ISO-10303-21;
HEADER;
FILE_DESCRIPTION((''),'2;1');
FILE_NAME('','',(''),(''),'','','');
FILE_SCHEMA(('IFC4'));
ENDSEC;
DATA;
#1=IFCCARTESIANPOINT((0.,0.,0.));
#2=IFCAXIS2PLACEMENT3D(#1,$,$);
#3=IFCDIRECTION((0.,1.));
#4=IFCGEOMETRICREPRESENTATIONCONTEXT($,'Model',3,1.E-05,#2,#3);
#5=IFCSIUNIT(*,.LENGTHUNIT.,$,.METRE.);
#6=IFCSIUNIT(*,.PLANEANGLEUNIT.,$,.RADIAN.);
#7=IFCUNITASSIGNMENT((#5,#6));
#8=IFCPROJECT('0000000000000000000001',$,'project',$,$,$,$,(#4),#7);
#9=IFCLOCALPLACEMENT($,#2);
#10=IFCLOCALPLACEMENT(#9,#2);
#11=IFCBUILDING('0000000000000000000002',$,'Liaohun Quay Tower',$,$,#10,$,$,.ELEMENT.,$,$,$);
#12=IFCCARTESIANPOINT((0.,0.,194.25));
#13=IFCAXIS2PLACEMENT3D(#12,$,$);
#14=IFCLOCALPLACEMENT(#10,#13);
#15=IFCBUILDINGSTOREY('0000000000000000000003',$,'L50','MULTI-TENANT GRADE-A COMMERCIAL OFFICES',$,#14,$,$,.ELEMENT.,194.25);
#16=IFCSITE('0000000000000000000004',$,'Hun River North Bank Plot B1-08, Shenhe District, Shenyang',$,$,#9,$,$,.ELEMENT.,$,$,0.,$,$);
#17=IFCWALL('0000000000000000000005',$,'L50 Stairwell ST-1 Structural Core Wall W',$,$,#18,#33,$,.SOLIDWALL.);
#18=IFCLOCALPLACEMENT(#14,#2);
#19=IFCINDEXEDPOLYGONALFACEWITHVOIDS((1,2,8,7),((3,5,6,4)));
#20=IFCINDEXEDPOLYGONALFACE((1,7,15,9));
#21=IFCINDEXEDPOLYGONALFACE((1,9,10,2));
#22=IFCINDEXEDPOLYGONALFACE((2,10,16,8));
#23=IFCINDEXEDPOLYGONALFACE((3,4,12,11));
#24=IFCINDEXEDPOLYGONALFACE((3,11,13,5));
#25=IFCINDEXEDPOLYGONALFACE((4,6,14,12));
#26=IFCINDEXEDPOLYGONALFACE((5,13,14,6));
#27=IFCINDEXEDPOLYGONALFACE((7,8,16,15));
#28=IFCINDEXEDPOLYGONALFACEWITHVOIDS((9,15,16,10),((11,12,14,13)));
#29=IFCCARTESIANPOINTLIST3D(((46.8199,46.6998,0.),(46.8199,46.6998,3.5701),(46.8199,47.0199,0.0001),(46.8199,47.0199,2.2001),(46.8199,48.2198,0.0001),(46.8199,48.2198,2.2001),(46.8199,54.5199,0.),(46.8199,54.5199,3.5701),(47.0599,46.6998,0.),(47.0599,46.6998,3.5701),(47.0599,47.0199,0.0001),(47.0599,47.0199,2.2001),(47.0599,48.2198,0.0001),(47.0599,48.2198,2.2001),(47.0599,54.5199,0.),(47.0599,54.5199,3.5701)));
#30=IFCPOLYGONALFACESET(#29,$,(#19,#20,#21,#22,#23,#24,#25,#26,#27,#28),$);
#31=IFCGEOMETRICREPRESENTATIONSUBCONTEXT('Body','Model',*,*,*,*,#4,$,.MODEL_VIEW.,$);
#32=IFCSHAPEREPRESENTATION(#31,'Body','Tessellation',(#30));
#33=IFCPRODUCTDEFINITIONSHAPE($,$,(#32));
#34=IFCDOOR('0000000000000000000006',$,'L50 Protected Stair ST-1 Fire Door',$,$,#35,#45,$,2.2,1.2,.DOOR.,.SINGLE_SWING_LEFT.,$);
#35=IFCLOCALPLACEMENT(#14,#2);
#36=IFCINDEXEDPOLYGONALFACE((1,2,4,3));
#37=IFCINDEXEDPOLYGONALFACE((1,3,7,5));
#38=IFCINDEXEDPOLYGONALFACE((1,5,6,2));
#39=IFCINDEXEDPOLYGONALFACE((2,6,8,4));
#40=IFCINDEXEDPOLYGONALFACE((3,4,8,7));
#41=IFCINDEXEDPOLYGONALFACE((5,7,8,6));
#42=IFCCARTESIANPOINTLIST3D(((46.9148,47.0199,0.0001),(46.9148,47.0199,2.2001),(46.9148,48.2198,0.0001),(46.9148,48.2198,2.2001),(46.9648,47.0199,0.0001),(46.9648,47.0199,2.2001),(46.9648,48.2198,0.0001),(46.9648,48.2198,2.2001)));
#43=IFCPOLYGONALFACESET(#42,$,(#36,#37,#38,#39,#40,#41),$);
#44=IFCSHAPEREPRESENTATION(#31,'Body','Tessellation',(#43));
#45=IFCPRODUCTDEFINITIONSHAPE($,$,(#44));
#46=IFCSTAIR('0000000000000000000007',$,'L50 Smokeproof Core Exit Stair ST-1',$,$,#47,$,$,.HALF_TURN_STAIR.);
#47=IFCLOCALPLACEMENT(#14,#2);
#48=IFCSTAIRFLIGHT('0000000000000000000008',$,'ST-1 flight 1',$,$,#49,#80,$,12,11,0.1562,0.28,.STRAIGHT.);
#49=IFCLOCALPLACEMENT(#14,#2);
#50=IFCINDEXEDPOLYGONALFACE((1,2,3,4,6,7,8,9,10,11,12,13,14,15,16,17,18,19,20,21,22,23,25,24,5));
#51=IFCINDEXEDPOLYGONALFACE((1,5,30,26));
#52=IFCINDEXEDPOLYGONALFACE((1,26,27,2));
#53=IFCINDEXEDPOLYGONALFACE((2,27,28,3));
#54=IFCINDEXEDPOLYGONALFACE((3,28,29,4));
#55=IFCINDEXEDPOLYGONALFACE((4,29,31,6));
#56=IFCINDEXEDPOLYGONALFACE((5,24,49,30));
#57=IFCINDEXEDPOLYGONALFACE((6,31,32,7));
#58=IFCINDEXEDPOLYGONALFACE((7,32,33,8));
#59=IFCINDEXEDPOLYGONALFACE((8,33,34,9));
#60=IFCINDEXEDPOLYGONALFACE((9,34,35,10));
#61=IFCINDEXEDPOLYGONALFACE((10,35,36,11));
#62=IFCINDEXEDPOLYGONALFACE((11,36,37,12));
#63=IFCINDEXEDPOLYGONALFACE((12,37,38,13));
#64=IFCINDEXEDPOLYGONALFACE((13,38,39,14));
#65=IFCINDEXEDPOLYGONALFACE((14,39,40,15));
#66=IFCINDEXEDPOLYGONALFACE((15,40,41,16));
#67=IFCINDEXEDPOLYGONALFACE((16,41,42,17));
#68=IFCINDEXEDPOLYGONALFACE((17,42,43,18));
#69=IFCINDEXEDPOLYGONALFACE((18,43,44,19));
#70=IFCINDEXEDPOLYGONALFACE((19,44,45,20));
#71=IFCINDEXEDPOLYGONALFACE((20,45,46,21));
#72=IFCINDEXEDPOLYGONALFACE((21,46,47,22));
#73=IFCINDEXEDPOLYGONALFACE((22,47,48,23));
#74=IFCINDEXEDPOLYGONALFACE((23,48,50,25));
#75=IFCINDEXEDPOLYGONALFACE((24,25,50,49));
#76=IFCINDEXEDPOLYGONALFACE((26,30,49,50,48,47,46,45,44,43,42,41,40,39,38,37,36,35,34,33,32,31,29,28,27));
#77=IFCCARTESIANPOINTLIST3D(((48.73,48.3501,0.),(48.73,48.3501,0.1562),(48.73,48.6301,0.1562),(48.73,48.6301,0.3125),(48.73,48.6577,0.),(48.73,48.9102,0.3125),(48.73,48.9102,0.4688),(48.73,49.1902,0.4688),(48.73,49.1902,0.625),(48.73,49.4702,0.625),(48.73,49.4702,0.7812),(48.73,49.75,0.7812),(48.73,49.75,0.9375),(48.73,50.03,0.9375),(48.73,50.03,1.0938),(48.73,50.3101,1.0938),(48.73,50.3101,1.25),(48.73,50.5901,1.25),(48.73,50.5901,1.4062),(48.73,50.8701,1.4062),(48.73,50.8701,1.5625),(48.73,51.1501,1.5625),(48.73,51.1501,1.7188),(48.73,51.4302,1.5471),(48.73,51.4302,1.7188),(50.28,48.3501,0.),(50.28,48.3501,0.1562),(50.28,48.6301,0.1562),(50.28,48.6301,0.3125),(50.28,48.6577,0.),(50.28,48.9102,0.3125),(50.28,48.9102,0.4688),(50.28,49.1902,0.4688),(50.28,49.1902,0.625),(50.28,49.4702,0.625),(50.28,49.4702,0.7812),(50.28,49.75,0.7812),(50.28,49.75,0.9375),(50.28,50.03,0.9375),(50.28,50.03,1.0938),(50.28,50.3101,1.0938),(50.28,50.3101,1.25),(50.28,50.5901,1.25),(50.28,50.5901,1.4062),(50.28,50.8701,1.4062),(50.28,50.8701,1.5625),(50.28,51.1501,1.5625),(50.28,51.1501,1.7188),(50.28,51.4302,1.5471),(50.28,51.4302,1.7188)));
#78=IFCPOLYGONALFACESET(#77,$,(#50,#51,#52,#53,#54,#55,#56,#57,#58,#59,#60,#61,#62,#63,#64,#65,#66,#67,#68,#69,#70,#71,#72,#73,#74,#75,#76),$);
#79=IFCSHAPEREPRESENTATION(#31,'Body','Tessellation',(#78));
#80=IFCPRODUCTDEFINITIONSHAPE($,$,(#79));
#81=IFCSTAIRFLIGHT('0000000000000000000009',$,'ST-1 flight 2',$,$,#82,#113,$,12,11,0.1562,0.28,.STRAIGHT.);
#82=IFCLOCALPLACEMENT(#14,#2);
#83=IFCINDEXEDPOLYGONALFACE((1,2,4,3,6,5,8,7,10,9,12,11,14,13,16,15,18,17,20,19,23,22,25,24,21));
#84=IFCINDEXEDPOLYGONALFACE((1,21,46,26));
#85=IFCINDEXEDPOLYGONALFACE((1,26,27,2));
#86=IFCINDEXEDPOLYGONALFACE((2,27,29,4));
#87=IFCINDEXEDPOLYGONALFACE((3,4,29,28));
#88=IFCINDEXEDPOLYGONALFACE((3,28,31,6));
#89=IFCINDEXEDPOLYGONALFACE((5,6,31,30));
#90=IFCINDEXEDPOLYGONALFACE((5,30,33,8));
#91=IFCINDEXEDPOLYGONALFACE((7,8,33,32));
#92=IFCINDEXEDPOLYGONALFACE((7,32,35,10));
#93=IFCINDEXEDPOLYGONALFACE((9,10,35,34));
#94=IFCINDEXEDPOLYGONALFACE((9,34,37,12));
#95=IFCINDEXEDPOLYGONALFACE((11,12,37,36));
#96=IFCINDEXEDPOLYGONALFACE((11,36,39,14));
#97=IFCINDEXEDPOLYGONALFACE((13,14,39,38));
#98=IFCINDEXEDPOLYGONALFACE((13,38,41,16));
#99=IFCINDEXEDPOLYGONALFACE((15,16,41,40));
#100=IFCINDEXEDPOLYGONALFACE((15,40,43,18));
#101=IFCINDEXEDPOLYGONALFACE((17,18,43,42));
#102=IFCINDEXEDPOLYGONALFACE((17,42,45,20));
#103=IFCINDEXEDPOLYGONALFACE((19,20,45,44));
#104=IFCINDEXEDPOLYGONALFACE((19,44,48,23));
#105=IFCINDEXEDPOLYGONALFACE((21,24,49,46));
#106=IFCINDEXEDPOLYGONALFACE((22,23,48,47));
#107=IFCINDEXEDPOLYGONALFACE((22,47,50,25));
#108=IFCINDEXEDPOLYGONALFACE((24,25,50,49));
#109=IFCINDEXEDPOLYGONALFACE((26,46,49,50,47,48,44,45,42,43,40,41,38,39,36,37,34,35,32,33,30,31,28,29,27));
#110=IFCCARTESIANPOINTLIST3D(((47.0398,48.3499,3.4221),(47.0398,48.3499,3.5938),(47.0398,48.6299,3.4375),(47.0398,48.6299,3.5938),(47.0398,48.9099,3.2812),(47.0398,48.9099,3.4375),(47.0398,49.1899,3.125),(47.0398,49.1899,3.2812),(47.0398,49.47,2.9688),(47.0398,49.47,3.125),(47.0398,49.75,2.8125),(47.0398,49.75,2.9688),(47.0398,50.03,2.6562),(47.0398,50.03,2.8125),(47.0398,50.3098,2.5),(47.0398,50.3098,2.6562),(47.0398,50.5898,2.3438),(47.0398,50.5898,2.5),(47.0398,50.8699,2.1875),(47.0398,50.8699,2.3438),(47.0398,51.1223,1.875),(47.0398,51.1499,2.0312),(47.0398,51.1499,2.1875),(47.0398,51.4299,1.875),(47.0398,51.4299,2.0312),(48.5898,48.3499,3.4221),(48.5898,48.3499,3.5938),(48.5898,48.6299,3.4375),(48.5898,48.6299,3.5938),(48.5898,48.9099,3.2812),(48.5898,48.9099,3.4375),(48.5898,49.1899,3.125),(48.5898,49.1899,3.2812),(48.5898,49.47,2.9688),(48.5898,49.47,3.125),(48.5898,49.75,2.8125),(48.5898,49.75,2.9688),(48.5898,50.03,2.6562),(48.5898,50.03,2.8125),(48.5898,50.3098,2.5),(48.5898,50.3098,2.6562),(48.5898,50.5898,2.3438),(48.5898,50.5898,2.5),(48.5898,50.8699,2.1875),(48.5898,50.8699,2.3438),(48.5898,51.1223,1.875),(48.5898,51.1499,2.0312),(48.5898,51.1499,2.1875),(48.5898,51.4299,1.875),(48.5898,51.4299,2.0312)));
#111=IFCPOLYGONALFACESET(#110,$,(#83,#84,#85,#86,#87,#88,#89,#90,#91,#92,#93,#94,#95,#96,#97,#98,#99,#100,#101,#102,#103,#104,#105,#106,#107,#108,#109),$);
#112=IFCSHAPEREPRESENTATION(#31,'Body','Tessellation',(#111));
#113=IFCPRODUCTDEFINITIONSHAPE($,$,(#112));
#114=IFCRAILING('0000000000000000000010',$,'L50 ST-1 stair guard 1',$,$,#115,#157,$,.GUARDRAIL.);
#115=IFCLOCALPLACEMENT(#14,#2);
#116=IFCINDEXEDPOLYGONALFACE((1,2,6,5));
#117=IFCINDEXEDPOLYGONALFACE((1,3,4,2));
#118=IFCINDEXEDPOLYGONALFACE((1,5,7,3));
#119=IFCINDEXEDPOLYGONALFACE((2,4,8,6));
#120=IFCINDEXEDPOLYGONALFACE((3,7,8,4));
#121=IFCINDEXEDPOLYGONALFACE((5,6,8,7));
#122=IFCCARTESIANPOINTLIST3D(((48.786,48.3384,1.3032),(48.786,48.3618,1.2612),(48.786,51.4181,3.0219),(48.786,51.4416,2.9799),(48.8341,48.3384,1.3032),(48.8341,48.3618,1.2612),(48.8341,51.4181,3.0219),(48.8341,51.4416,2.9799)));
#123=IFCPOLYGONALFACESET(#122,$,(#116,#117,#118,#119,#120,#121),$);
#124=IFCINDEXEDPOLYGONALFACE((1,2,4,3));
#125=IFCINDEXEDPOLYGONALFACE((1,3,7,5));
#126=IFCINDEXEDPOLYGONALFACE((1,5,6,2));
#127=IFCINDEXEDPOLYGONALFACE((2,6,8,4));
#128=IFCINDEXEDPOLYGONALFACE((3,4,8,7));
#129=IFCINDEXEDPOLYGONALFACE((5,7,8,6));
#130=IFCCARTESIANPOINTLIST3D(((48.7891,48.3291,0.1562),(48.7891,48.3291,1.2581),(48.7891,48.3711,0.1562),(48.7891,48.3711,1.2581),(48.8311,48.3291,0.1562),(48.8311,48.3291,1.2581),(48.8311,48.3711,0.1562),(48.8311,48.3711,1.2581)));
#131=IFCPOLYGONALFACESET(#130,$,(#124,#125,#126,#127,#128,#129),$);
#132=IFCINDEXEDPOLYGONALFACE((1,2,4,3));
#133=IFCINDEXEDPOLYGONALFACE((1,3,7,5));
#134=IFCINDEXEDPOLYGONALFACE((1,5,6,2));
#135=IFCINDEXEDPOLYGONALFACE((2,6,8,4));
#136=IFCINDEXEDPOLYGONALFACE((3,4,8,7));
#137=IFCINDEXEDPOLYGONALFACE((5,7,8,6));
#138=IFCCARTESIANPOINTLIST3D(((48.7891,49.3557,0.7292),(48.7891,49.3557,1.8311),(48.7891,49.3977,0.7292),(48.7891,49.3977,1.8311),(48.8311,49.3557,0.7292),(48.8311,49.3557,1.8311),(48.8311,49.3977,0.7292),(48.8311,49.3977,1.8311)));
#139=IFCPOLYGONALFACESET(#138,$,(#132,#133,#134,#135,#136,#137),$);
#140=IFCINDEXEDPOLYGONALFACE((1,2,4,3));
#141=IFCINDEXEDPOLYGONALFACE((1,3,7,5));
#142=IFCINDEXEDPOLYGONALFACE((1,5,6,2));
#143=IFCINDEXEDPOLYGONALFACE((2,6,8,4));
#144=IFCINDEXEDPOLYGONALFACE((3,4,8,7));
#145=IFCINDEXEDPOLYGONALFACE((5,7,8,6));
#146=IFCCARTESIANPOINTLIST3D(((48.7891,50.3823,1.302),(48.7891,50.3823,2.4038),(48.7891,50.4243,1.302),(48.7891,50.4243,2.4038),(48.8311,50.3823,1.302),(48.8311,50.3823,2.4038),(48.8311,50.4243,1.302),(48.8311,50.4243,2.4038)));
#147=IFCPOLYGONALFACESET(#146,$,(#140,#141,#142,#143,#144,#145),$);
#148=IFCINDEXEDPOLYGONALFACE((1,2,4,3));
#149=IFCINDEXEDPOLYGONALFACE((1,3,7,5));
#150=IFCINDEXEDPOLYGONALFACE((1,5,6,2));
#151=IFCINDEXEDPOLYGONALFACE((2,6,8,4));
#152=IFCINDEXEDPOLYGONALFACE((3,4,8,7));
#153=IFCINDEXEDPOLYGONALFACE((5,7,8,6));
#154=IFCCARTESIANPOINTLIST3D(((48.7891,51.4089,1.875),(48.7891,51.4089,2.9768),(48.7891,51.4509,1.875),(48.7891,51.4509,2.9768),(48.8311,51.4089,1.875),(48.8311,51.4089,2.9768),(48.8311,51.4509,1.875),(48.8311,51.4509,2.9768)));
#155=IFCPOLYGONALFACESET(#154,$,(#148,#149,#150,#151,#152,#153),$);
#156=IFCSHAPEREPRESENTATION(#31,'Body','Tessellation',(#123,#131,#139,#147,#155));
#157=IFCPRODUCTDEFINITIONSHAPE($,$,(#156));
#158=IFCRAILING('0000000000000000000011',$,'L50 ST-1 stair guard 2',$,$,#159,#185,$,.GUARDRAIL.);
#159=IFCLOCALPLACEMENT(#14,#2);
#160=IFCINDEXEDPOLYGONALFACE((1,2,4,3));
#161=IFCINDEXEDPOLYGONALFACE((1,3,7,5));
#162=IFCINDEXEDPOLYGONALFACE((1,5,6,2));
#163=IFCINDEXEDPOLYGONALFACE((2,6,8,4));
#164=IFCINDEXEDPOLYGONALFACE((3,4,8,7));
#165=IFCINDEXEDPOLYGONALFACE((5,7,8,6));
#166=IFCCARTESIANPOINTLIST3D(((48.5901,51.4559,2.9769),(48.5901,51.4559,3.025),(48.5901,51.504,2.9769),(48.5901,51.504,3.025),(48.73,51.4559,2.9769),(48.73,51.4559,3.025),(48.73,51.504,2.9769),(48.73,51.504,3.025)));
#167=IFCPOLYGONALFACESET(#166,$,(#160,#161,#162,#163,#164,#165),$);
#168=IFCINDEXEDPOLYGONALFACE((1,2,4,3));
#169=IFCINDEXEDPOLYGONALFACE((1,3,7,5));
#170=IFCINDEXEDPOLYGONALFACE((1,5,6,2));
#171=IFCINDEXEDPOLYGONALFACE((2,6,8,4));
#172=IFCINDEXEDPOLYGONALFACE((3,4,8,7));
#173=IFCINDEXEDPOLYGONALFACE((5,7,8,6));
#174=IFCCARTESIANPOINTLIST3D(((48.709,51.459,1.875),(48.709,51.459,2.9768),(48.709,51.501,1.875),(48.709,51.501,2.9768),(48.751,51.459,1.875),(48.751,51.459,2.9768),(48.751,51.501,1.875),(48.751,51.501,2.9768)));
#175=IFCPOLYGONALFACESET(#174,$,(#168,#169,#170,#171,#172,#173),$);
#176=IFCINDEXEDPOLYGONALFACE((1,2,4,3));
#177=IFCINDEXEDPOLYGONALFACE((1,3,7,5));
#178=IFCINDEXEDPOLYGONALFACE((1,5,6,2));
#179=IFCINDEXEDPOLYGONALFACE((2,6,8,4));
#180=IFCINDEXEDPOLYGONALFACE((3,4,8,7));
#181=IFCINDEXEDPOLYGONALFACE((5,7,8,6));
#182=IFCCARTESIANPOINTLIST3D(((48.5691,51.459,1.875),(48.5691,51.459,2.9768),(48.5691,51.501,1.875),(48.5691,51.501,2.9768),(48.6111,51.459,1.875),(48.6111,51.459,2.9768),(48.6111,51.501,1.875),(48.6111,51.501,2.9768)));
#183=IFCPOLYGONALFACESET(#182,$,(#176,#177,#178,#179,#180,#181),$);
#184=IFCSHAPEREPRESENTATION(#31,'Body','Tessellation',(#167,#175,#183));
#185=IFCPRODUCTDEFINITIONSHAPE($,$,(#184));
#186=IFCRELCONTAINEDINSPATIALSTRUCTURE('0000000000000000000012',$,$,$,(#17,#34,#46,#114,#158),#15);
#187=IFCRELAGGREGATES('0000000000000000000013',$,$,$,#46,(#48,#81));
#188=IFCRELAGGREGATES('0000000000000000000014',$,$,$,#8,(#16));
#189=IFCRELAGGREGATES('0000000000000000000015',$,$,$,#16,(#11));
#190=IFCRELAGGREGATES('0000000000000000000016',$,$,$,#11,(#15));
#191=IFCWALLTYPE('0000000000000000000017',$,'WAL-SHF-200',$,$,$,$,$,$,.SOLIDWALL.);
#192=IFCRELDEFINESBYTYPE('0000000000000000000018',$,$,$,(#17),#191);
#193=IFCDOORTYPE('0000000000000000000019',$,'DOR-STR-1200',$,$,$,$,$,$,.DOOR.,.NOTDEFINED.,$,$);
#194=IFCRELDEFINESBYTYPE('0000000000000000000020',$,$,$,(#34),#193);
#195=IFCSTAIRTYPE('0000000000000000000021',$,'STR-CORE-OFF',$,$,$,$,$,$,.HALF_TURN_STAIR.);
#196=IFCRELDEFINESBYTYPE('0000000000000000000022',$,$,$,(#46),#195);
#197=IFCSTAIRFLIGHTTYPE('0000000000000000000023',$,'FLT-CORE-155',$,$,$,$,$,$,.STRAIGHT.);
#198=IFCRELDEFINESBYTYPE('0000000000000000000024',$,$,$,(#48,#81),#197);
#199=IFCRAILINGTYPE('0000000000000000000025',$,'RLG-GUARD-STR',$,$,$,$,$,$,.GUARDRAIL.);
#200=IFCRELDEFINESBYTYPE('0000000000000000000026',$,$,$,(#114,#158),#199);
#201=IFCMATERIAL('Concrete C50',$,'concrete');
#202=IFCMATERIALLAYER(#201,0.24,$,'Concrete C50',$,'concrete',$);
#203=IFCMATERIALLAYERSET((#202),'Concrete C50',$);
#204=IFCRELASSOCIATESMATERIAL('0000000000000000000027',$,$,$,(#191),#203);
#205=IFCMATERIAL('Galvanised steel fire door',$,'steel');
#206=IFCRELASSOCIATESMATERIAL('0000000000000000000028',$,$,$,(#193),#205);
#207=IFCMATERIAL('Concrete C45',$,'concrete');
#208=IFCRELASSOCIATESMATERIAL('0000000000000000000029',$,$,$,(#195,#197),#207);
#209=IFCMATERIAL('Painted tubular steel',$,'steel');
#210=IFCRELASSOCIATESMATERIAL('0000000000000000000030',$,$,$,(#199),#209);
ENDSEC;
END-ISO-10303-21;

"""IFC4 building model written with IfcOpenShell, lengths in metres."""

from ifc_helpers import new_model, si_unit, direction, frame, frame_2d, origin, origin_2d, place, context, subcontext, project, spatial, polyline, rectangle, outline, extrude, source, transform, mapped, material, layer, layer_set, type_object, element, fill, aggregate, save


model = new_model("IFC4")

# Units and contexts
model_context = context("Model", 3, precision=1e-05, world=origin(), true_north=direction((0.0, 1.0)))
body_context = subcontext(model_context, "Body", "Model", "MODEL_VIEW")
ifc_project = project(units=[si_unit("LENGTHUNIT", "METRE"), si_unit("PLANEANGLEUNIT", "RADIAN")], contexts=[model_context])

# Site, building, storey
site_placement = place(None, origin())
site = spatial("IfcSite", under=ifc_project, at=site_placement, Name="Hun River North Bank Plot B1-08, Shenhe District, Shenyang", CompositionType="ELEMENT", RefElevation=0.0)
building_placement = place(site_placement, origin())
building = spatial("IfcBuilding", under=site, at=building_placement, Name="Liaohun Quay Tower", CompositionType="ELEMENT")
storey_placement = place(building_placement, frame((0.0, 0.0, 194.25)))
storey = spatial("IfcBuildingStorey", under=building, at=storey_placement, Name="L50", Description="MULTI-TENANT GRADE-A COMMERCIAL OFFICES", CompositionType="ELEMENT", Elevation=194.25)

# Shared definitions
ifc_material_1 = material(Name="Concrete C50", Category="concrete")
ifc_layer_1 = layer(ifc_material_1, 0.24, Name="Concrete C50", Category="concrete")
ifc_layer_set_1 = layer_set([ifc_layer_1], Name="Concrete C50")
wall_type_1 = type_object("IfcWallType", Name="WAL-SHF-200", PredefinedType="SOLIDWALL", material=ifc_layer_set_1)

# Wall, opening, door
wall_1_placement = place(storey_placement, frame((46.9399, 54.52, 0.0), z_axis=(0.0, 0.0, 1.0), x_axis=(0.0, -1.0, 0.0)))
wall_1 = element("IfcWall", 1, at=wall_1_placement, inside=storey, type_object=wall_type_1, Name="L50 Stairwell ST-1 Structural Core Wall W", PredefinedType="SOLIDWALL", context=body_context, shape_type="SweptSolid", body=[
    extrude(rectangle(XDim=7.8201, YDim=0.24, at=frame_2d((3.9102, 0.0))), origin(), (0.0, 0.0, 1.0), 3.5701),
])
shared_shape_1 = source(origin(), body_context, "Body", "SweptSolid", [
    extrude(rectangle(XDim=1.2, YDim=2.2, at=frame_2d((0.6001, 1.1001))), frame((0.0, 0.1299, 0.0), z_axis=(0.0, -1.0, 0.0), x_axis=(1.0, 0.0, 0.0)), (0.0, 0.0, 1.0), 0.26),
])
opening_1_placement = place(wall_1_placement, frame((6.3, 0.0, 0.0)))
opening_1 = element("IfcOpeningElement", 2, at=opening_1_placement, cuts=wall_1, PredefinedType="OPENING", context=body_context, shape_type="MappedRepresentation", body=[
    mapped(shared_shape_1, transform((0.0, 0.0, 0.0), x_axis=(1.0, 0.0, 0.0), y_axis=(0.0, 1.0, 0.0), z_axis=(0.0, 0.0, 1.0), scale=1.0)),
])
ifc_material_2 = material(Name="Galvanised steel fire door", Category="steel")
door_type_1 = type_object("IfcDoorType", Name="DOR-STR-1200", OperationType="NOTDEFINED", PredefinedType="DOOR", material=ifc_material_2)
shared_shape_2 = source(origin(), body_context, "Body", "SweptSolid", [
    extrude(rectangle(XDim=1.2, YDim=2.2, at=frame_2d((0.6001, 1.1001))), frame((0.0, 0.0249, 0.0), z_axis=(0.0, -1.0, 0.0), x_axis=(1.0, 0.0, 0.0)), (0.0, 0.0, 1.0), 0.05),
])
door_1_placement = place(opening_1_placement, origin())
door_1 = element("IfcDoor", 3, at=door_1_placement, inside=storey, type_object=door_type_1, Name="L50 Protected Stair ST-1 Fire Door", OperationType="SINGLE_SWING_LEFT", OverallHeight=2.2, OverallWidth=1.2, PredefinedType="DOOR", context=body_context, shape_type="MappedRepresentation", body=[
    mapped(shared_shape_2, transform((0.0, 0.0, 0.0), x_axis=(1.0, 0.0, 0.0), y_axis=(0.0, 1.0, 0.0), z_axis=(0.0, 0.0, 1.0), scale=1.0)),
])
fill(opening_1, door_1)

# Stair, stair flights
ifc_material_3 = material(Name="Concrete C45", Category="concrete")
stair_type = type_object("IfcStairType", Name="STR-CORE-OFF", PredefinedType="HALF_TURN_STAIR", material=ifc_material_3)
stair_placement = place(storey_placement, origin())
stair = element("IfcStair", 4, at=stair_placement, inside=storey, type_object=stair_type, Name="L50 Smokeproof Core Exit Stair ST-1", PredefinedType="HALF_TURN_STAIR")
stair_flight_type = type_object("IfcStairFlightType", Name="FLT-CORE-155", PredefinedType="STRAIGHT", material=ifc_material_3)
stair_flight_1_placement = place(storey_placement, frame((49.5049, 48.3501, 0.0), z_axis=(0.0, 0.0, 1.0), x_axis=(0.0, 1.0, 0.0)))
stair_flight_1 = element("IfcStairFlight", 5, at=stair_flight_1_placement, type_object=stair_flight_type, Name="ST-1 flight 1", NumberOfRisers=12, NumberOfTreads=11, PredefinedType="STRAIGHT", RiserHeight=0.1562, TreadLength=0.28, context=body_context, shape_type="SweptSolid", body=[
    extrude(outline(polyline([(0.0, 0.0), (0.0, 0.1562), (0.28, 0.1562), (0.28, 0.3125), (0.5601, 0.3125), (0.5601, 0.4688), (0.8401, 0.4688), (0.8401, 0.625), (1.1201, 0.625), (1.1201, 0.7812), (1.3999, 0.7812), (1.3999, 0.9375), (1.6799, 0.9375), (1.6799, 1.0938), (1.96, 1.0938), (1.96, 1.25), (2.24, 1.25), (2.24, 1.4062), (2.52, 1.4062), (2.52, 1.5625), (2.8, 1.5625), (2.8, 1.7188), (3.0801, 1.7188), (3.0801, 1.875), (3.0801, 1.5471), (0.3076, 0.0), (0.0, 0.0)])), frame((0.0, 0.7749, 0.0), z_axis=(0.0, -1.0, 0.0), x_axis=(1.0, 0.0, 0.0)), (0.0, 0.0, 1.0), 1.55),
])
stair_flight_2_placement = place(storey_placement, frame((47.8149, 51.4299, 1.875), z_axis=(0.0, 0.0, 1.0), x_axis=(0.0, -1.0, 0.0)))
stair_flight_2 = element("IfcStairFlight", 6, at=stair_flight_2_placement, type_object=stair_flight_type, Name="ST-1 flight 2", NumberOfRisers=12, NumberOfTreads=11, PredefinedType="STRAIGHT", RiserHeight=0.1562, TreadLength=0.28, context=body_context, shape_type="SweptSolid", body=[
    extrude(outline(polyline([(0.0, 0.0), (0.0, 0.1562), (0.28, 0.1562), (0.28, 0.3125), (0.5601, 0.3125), (0.5601, 0.4688), (0.8401, 0.4688), (0.8401, 0.625), (1.1201, 0.625), (1.1201, 0.7812), (1.3999, 0.7812), (1.3999, 0.9375), (1.6799, 0.9375), (1.6799, 1.0938), (1.96, 1.0938), (1.96, 1.25), (2.24, 1.25), (2.24, 1.4062), (2.52, 1.4062), (2.52, 1.5625), (2.8, 1.5625), (2.8, 1.7188), (3.0801, 1.7188), (3.0801, 1.875), (3.0801, 1.5471), (0.3076, 0.0), (0.0, 0.0)])), frame((0.0, 0.7749, 0.0), z_axis=(0.0, -1.0, 0.0), x_axis=(1.0, 0.0, 0.0)), (0.0, 0.0, 1.0), 1.55),
])
aggregate(stair, [stair_flight_1, stair_flight_2])

# Railings
ifc_material_4 = material(Name="Painted tubular steel", Category="steel")
railing_type_1 = type_object("IfcRailingType", Name="RLG-GUARD-STR", PredefinedType="GUARDRAIL", material=ifc_material_4)
railing_1_placement = place(storey_placement, frame((48.8101, 48.3501, 0.1562)))
element("IfcRailing", 7, at=railing_1_placement, inside=storey, type_object=railing_type_1, Name="L50 ST-1 stair guard 1", PredefinedType="GUARDRAIL", context=body_context, shape_type="SweptSolid", body=[
    extrude(rectangle(XDim=0.0481, YDim=0.0481, at=origin_2d()), frame((0.0, 0.0, 1.126), z_axis=(0.0, 0.873225, 0.487317), x_axis=(-1.0, 0.0, 0.0)), (0.0, 0.0, 1.0), 3.5269),
    extrude(rectangle(XDim=0.042, YDim=0.042, at=origin_2d()), origin(), (0.0, 0.0, 1.0), 1.1018),
    extrude(rectangle(XDim=0.042, YDim=0.042, at=origin_2d()), frame((0.0, 1.0266, 0.573)), (0.0, 0.0, 1.0), 1.1018),
    extrude(rectangle(XDim=0.042, YDim=0.042, at=origin_2d()), frame((0.0, 2.0532, 1.1458)), (0.0, 0.0, 1.0), 1.1018),
    extrude(rectangle(XDim=0.042, YDim=0.042, at=origin_2d()), frame((0.0, 3.0798, 1.7188)), (0.0, 0.0, 1.0), 1.1018),
])
railing_2_placement = place(storey_placement, frame((48.73, 51.48, 1.875)))
element("IfcRailing", 8, at=railing_2_placement, inside=storey, type_object=railing_type_1, Name="L50 ST-1 stair guard 2", PredefinedType="GUARDRAIL", context=body_context, shape_type="SweptSolid", body=[
    extrude(rectangle(XDim=0.0481, YDim=0.0481, at=origin_2d()), frame((0.0, 0.0, 1.126), z_axis=(-1.0, 0.0, 0.0), x_axis=(0.0, -1.0, 0.0)), (0.0, 0.0, 1.0), 0.1399),
    extrude(rectangle(XDim=0.042, YDim=0.042, at=origin_2d()), origin(), (0.0, 0.0, 1.0), 1.1018),
    extrude(rectangle(XDim=0.042, YDim=0.042, at=origin_2d()), frame((-0.1399, 0.0, 0.0)), (0.0, 0.0, 1.0), 1.1018),
])

save(model, "model.ifc")
